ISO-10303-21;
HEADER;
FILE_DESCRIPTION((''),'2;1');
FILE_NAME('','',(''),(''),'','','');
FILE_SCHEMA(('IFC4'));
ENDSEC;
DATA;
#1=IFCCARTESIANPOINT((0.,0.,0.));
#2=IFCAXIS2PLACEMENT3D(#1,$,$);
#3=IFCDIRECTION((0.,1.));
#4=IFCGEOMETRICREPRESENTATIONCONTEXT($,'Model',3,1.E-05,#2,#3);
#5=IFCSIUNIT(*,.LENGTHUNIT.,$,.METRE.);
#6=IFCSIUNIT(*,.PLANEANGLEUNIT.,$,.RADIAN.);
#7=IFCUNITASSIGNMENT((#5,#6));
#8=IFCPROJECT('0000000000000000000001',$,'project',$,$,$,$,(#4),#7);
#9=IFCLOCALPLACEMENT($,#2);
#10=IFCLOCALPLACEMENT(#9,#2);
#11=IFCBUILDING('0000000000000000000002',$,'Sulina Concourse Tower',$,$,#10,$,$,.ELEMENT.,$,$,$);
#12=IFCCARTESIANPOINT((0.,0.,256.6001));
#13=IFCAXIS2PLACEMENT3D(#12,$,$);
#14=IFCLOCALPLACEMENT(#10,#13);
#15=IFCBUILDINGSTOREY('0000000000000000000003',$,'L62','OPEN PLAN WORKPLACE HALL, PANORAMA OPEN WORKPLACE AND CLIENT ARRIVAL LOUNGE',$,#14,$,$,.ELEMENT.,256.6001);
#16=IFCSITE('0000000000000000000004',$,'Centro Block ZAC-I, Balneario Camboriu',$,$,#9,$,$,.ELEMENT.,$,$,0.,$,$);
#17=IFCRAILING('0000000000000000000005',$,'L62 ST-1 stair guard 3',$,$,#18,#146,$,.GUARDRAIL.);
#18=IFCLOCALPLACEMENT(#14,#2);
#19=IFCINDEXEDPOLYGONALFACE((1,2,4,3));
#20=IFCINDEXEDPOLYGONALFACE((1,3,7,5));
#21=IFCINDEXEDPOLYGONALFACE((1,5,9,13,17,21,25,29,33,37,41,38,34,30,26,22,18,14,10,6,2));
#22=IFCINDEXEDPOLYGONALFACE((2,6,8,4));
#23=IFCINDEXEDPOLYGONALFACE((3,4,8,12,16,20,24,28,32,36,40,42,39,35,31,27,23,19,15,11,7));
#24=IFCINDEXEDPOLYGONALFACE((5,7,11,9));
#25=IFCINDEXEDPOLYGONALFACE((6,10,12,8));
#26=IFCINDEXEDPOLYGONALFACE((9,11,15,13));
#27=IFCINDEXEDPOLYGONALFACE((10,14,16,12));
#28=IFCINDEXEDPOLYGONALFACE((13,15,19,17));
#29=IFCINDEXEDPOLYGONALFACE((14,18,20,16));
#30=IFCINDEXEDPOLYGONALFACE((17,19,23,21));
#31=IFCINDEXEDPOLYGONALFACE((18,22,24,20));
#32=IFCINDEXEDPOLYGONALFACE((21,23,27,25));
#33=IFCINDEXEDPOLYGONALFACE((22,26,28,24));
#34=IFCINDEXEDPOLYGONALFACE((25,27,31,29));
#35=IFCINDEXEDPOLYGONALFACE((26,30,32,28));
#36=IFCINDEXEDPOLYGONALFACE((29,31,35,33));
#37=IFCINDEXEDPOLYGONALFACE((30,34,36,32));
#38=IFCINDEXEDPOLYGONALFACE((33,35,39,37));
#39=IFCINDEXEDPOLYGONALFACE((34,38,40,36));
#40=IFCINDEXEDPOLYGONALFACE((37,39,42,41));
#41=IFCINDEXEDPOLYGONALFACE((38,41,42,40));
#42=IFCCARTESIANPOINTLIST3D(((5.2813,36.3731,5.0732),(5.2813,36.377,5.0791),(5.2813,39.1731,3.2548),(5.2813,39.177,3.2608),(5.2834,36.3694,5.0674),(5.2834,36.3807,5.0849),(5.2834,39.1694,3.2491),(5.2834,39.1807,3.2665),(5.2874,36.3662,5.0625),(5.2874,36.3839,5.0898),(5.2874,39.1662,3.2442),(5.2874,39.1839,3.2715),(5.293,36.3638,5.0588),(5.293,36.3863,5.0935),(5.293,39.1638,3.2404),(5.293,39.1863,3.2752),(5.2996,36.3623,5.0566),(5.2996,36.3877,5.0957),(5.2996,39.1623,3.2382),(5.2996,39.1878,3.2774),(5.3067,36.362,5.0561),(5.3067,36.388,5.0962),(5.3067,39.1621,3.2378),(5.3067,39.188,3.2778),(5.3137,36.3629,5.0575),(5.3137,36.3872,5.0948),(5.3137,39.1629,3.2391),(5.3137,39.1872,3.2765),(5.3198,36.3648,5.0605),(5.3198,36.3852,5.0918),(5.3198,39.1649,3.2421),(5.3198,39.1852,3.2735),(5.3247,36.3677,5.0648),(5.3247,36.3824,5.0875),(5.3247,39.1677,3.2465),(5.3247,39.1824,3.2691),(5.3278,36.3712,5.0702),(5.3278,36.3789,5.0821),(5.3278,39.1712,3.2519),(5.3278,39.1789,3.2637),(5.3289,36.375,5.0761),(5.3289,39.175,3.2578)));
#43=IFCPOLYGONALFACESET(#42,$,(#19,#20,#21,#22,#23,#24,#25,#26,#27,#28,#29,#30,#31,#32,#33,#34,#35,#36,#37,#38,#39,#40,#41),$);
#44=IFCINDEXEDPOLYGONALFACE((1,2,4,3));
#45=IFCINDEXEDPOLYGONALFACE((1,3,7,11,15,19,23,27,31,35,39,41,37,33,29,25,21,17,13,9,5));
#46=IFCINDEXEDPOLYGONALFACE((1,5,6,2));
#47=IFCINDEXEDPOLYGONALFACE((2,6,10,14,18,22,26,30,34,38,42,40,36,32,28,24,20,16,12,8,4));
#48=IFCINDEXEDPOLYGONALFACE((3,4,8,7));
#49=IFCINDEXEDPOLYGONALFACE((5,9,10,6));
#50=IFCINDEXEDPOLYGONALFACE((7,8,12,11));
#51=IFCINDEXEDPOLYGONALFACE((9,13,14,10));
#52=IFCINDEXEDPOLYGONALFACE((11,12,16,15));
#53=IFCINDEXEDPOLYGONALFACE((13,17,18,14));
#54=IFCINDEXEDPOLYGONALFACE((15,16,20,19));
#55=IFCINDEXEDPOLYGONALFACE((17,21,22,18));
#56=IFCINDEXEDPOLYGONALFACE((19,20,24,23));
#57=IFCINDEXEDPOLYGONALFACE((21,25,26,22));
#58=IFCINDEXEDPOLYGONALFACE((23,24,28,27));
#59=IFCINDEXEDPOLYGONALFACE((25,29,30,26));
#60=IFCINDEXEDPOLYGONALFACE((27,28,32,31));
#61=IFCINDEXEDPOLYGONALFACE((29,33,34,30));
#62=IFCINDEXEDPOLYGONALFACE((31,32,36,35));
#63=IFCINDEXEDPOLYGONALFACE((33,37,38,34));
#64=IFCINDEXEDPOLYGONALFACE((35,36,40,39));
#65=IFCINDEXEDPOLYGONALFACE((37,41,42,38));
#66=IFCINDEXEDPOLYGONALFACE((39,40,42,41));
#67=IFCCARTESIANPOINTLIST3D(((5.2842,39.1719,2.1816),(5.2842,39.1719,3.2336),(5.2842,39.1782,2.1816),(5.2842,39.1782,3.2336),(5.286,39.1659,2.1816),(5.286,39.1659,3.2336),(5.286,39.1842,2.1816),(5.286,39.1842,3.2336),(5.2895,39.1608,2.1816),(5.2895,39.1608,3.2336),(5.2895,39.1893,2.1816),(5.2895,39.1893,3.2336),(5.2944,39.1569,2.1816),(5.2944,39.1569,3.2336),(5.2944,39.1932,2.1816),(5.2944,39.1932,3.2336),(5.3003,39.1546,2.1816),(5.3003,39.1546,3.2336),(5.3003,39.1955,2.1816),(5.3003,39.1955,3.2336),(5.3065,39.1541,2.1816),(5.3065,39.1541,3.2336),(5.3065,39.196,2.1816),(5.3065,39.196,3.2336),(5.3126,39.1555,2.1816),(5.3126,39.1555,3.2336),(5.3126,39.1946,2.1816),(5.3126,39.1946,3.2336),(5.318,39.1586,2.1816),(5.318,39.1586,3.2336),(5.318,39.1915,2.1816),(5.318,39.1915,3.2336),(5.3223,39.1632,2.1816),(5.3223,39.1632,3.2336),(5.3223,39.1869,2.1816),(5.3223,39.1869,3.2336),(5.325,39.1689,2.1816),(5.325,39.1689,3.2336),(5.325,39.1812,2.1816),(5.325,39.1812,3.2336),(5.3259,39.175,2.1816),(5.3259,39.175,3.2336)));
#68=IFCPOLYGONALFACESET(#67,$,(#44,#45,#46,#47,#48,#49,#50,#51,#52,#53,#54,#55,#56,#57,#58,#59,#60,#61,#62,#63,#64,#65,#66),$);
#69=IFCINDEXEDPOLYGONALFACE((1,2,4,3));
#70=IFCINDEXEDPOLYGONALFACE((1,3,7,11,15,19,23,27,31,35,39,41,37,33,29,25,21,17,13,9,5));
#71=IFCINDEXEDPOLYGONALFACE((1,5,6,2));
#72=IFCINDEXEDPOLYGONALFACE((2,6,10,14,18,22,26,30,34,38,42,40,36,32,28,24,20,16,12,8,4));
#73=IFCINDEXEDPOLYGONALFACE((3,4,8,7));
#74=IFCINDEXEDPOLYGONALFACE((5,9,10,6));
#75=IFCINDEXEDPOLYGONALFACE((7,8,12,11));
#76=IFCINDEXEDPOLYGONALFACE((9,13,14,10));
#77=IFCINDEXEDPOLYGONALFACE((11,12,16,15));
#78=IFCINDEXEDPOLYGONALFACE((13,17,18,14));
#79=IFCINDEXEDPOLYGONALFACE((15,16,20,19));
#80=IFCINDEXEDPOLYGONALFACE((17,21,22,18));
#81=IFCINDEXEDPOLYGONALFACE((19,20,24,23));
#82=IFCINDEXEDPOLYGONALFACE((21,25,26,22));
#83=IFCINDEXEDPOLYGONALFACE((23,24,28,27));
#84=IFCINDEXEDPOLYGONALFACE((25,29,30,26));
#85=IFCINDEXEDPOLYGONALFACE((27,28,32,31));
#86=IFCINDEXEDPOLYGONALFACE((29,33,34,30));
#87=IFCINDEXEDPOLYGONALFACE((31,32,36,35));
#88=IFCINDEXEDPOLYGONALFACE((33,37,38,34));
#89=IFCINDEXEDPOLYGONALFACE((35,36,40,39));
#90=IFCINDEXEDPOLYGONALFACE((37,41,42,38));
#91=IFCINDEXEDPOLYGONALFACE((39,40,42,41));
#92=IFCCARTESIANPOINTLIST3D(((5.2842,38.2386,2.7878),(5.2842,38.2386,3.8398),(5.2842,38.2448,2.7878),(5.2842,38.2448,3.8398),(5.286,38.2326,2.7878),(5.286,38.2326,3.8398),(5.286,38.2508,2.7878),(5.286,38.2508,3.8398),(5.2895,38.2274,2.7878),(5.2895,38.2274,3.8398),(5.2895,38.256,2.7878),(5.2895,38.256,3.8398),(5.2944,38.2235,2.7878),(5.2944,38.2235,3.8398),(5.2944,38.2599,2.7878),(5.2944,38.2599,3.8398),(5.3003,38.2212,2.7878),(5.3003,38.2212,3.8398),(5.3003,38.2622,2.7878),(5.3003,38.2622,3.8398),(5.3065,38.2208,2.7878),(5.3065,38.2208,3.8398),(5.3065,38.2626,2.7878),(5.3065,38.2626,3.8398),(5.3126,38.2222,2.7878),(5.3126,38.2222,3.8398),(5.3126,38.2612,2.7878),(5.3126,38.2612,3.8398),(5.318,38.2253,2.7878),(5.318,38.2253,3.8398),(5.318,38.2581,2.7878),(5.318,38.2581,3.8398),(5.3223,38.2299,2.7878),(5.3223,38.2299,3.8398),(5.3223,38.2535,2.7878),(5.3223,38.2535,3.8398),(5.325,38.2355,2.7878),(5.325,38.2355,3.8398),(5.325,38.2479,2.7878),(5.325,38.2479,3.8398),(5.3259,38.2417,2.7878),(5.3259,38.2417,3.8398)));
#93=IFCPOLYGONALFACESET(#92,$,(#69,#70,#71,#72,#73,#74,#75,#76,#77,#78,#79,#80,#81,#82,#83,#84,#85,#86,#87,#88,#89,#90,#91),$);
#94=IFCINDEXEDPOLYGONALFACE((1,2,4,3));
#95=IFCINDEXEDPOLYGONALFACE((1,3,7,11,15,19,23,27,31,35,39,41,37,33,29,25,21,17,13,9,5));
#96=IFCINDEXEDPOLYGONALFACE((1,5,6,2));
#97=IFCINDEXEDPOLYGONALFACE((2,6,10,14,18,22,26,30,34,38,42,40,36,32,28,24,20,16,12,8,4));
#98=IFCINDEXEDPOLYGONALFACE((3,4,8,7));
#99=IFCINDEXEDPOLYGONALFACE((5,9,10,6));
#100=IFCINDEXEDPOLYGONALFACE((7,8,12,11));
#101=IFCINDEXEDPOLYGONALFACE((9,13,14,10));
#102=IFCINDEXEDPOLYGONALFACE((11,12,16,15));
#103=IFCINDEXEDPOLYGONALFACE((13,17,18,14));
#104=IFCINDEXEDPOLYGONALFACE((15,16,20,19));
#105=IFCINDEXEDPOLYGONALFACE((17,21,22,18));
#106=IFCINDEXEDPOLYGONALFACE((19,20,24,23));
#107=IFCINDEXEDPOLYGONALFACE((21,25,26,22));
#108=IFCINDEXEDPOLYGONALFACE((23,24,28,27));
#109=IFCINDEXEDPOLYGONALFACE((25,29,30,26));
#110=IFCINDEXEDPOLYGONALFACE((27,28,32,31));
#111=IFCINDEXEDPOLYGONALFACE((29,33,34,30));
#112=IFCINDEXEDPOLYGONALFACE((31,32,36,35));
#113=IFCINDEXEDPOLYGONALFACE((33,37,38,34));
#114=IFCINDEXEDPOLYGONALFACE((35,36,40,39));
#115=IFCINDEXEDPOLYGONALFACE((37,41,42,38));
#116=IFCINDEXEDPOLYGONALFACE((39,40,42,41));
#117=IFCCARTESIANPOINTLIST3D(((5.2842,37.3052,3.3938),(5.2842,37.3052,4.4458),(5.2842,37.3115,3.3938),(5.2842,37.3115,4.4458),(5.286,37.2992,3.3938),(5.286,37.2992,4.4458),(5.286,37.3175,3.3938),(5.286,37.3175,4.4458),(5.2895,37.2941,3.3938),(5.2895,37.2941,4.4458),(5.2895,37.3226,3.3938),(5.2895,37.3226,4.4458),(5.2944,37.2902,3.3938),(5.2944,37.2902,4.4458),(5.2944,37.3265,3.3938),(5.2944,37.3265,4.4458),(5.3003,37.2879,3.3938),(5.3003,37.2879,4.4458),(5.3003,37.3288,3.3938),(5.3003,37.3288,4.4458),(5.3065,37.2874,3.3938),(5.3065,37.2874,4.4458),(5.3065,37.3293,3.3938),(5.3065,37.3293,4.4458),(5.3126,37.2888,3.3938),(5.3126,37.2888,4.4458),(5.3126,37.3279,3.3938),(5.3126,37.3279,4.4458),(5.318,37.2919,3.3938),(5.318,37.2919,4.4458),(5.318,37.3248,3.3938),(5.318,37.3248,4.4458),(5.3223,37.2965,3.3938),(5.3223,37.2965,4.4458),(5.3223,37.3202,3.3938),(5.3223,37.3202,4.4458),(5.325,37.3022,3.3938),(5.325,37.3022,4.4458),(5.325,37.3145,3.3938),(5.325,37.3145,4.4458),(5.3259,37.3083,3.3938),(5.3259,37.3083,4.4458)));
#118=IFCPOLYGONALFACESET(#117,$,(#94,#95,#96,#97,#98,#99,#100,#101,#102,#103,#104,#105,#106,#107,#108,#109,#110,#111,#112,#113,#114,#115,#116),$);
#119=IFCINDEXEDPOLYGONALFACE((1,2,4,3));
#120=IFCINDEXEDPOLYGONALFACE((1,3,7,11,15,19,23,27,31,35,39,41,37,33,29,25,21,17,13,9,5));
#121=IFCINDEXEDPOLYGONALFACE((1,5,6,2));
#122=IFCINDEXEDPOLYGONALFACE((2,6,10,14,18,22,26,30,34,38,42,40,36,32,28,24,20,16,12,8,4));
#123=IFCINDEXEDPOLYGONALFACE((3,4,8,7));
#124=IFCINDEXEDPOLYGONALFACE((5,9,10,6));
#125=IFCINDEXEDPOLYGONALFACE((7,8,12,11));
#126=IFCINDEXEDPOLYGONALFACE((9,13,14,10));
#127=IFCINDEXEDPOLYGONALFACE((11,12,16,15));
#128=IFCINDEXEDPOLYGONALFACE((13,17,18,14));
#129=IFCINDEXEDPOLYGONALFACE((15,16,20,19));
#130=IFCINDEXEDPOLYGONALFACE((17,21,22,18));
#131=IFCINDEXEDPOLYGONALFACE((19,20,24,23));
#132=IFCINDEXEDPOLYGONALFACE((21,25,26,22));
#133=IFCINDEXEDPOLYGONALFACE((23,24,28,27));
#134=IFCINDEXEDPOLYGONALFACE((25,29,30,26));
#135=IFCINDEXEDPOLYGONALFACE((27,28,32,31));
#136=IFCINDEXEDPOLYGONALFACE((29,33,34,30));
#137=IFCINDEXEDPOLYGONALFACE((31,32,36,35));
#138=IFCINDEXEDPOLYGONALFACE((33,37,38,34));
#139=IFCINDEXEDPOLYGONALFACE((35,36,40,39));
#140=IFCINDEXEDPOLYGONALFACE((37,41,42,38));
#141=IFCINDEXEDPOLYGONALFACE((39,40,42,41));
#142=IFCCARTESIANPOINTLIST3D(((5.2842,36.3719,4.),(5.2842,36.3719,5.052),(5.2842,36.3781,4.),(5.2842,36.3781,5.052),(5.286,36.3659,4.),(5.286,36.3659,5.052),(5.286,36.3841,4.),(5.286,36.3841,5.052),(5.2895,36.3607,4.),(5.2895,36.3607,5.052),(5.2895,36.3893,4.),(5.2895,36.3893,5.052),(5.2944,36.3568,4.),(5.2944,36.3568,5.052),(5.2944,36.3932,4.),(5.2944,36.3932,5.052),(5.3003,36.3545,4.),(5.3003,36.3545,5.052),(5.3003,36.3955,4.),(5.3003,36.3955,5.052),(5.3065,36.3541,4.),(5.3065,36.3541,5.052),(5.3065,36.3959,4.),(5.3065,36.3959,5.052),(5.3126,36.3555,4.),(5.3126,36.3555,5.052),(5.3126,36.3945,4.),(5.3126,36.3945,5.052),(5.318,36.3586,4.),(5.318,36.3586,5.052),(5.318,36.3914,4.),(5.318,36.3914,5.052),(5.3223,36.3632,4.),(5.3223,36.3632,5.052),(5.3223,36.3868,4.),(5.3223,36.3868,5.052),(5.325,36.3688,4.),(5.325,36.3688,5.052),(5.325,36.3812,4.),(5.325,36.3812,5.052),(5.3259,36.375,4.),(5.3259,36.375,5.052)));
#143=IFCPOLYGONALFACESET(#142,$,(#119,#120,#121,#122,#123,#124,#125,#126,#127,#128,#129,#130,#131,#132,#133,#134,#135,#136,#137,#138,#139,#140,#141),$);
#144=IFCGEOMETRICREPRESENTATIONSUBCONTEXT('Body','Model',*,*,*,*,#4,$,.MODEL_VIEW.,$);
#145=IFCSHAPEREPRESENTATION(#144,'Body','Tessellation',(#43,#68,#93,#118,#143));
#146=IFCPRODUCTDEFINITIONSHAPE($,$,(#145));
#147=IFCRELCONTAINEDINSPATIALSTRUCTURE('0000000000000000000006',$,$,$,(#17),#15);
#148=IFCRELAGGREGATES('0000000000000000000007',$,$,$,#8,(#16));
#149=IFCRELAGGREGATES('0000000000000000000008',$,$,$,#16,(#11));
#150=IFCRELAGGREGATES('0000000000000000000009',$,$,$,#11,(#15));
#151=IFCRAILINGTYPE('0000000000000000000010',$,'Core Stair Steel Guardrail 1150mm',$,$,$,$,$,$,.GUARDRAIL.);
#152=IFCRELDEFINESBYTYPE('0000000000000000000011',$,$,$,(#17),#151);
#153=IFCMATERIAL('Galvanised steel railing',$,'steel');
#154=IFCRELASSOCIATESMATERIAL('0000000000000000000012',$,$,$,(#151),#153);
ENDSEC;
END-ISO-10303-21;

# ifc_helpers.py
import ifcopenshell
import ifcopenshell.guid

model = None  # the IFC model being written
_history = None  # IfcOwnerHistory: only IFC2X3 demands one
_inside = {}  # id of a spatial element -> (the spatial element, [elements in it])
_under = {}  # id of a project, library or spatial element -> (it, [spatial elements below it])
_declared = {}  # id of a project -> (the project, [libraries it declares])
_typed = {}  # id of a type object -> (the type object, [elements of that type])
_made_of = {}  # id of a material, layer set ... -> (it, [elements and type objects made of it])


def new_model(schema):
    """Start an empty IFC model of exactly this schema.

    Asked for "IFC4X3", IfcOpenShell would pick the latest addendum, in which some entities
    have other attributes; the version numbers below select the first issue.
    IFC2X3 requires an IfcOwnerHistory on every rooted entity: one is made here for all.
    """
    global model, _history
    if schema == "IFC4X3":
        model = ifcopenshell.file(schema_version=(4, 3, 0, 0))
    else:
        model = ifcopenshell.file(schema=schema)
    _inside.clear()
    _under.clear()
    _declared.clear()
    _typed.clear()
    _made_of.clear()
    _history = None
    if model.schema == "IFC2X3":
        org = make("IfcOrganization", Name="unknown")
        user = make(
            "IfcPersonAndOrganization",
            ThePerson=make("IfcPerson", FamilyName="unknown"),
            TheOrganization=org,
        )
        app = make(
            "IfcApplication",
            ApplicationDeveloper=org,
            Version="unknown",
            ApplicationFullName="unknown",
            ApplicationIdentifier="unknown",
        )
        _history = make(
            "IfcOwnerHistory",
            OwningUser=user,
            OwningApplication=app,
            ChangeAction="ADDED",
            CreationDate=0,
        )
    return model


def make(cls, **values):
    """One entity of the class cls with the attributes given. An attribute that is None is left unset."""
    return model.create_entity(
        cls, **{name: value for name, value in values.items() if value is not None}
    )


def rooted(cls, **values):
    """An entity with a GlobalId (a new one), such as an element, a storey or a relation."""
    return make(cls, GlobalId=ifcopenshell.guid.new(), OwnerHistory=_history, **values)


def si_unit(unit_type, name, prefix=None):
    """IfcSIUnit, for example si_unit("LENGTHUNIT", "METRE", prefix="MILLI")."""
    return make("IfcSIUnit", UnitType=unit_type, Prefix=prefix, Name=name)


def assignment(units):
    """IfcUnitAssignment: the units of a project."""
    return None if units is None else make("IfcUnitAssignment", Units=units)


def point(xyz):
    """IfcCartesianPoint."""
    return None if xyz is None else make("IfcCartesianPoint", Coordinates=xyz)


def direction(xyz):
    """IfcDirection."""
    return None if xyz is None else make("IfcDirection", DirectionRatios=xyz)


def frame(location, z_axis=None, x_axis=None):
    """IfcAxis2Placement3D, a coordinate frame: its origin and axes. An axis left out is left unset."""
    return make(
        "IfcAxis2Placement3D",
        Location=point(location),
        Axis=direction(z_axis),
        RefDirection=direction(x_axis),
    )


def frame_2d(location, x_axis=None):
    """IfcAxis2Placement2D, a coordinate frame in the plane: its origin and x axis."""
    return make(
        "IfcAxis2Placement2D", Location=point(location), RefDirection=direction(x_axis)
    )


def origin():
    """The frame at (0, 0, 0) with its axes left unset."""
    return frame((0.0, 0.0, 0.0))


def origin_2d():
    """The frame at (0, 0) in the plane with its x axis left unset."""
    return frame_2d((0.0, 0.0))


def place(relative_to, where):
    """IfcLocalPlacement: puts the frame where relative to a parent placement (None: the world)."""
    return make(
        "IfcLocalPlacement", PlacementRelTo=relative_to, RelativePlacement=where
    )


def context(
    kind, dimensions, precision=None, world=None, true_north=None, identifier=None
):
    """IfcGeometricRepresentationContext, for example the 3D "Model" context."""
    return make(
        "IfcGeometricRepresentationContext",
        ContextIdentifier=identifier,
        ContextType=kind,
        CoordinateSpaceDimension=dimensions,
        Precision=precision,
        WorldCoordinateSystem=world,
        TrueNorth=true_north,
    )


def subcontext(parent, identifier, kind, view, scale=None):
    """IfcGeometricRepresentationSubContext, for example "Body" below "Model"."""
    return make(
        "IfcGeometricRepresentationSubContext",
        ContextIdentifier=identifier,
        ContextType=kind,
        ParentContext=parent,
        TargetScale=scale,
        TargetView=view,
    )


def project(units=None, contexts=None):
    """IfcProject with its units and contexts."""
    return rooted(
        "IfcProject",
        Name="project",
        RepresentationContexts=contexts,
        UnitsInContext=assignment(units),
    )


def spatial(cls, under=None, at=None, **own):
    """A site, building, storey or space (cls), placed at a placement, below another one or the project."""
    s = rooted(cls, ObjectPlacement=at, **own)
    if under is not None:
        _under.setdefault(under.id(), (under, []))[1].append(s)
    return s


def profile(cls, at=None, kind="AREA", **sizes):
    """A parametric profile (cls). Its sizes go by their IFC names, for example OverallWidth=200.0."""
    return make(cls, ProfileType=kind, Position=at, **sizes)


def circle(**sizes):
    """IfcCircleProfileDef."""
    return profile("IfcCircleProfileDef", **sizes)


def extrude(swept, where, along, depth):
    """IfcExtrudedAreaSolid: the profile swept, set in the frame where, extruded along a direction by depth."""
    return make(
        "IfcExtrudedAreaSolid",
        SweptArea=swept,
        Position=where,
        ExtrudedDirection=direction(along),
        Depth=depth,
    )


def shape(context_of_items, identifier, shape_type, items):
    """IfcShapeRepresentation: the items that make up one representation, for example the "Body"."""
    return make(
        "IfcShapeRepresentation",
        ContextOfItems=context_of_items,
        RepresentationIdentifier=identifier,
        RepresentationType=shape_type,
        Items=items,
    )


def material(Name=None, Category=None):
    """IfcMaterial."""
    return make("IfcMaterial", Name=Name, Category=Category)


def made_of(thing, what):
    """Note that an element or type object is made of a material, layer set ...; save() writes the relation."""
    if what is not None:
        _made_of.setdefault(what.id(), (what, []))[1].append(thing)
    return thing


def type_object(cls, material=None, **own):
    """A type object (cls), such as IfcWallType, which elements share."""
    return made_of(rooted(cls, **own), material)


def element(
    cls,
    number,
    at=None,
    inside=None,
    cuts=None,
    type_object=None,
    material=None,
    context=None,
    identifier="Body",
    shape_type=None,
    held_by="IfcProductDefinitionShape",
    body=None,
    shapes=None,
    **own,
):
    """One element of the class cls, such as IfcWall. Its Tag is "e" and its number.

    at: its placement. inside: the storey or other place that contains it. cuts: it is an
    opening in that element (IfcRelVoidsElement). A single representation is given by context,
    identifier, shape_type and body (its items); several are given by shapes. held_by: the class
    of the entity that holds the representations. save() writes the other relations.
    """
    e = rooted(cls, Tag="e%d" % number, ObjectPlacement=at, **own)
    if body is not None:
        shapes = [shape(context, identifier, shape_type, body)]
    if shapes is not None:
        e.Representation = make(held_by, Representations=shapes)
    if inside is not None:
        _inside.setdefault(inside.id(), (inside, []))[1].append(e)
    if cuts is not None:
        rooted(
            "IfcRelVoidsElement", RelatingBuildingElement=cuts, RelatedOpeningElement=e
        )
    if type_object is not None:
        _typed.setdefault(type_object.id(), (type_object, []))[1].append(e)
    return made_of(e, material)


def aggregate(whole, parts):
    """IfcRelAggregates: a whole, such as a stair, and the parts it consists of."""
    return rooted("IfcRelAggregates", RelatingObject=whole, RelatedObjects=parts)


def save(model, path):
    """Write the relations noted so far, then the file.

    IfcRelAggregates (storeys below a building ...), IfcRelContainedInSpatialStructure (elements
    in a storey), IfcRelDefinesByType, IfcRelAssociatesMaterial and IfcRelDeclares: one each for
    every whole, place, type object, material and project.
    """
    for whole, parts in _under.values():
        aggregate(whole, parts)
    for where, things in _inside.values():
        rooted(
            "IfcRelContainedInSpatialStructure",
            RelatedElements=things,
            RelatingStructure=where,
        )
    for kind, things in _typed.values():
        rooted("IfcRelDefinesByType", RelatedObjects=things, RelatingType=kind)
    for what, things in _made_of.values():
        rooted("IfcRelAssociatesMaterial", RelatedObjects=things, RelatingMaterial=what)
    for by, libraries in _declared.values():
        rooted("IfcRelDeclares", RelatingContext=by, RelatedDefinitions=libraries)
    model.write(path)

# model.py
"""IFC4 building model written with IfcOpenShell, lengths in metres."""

from ifc_helpers import new_model, si_unit, direction, frame, origin, origin_2d, place, context, subcontext, project, spatial, circle, extrude, material, type_object, element, save


model = new_model("IFC4")

# Units and contexts
model_context = context("Model", 3, precision=1e-05, world=origin(), true_north=direction((0.0, 1.0)))
body_context = subcontext(model_context, "Body", "Model", "MODEL_VIEW")
ifc_project = project(units=[si_unit("LENGTHUNIT", "METRE"), si_unit("PLANEANGLEUNIT", "RADIAN")], contexts=[model_context])

# Site, building, storey
site_placement = place(None, origin())
site = spatial("IfcSite", under=ifc_project, at=site_placement, Name="Centro Block ZAC-I, Balneario Camboriu", CompositionType="ELEMENT", RefElevation=0.0)
building_placement = place(site_placement, origin())
building = spatial("IfcBuilding", under=site, at=building_placement, Name="Sulina Concourse Tower", CompositionType="ELEMENT")
storey_placement = place(building_placement, frame((0.0, 0.0, 256.6001)))
storey = spatial("IfcBuildingStorey", under=building, at=storey_placement, Name="L62", Description="OPEN PLAN WORKPLACE HALL, PANORAMA OPEN WORKPLACE AND CLIENT ARRIVAL LOUNGE", CompositionType="ELEMENT", Elevation=256.6001)

# Railing
ifc_material_1 = material(Name="Galvanised steel railing", Category="steel")
railing_type_1 = type_object("IfcRailingType", Name="Core Stair Steel Guardrail 1150mm", PredefinedType="GUARDRAIL", material=ifc_material_1)
railing_1_placement = place(storey_placement, frame((5.3049, 39.175, 2.1816)))
element("IfcRailing", 1, at=railing_1_placement, inside=storey, type_object=railing_type_1, Name="L62 ST-1 stair guard 3", PredefinedType="GUARDRAIL", context=body_context, shape_type="SweptSolid", body=[
    extrude(circle(Radius=0.0239, at=origin_2d()), frame((0.0, 0.0, 1.0762), z_axis=(0.0, -0.838672, 0.544636), x_axis=(1.0, 0.0, 0.0)), (0.0, 0.0, 1.0), 3.3386),
    extrude(circle(Radius=0.021, at=origin_2d()), origin(), (0.0, 0.0, 1.0), 1.052),
    extrude(circle(Radius=0.021, at=origin_2d()), frame((0.0, -0.9333, 0.6062)), (0.0, 0.0, 1.0), 1.052),
    extrude(circle(Radius=0.021, at=origin_2d()), frame((0.0, -1.8667, 1.2122)), (0.0, 0.0, 1.0), 1.052),
    extrude(circle(Radius=0.021, at=origin_2d()), frame((0.0, -2.8, 1.8184)), (0.0, 0.0, 1.0), 1.052),
])

save(model, "model.ifc")
